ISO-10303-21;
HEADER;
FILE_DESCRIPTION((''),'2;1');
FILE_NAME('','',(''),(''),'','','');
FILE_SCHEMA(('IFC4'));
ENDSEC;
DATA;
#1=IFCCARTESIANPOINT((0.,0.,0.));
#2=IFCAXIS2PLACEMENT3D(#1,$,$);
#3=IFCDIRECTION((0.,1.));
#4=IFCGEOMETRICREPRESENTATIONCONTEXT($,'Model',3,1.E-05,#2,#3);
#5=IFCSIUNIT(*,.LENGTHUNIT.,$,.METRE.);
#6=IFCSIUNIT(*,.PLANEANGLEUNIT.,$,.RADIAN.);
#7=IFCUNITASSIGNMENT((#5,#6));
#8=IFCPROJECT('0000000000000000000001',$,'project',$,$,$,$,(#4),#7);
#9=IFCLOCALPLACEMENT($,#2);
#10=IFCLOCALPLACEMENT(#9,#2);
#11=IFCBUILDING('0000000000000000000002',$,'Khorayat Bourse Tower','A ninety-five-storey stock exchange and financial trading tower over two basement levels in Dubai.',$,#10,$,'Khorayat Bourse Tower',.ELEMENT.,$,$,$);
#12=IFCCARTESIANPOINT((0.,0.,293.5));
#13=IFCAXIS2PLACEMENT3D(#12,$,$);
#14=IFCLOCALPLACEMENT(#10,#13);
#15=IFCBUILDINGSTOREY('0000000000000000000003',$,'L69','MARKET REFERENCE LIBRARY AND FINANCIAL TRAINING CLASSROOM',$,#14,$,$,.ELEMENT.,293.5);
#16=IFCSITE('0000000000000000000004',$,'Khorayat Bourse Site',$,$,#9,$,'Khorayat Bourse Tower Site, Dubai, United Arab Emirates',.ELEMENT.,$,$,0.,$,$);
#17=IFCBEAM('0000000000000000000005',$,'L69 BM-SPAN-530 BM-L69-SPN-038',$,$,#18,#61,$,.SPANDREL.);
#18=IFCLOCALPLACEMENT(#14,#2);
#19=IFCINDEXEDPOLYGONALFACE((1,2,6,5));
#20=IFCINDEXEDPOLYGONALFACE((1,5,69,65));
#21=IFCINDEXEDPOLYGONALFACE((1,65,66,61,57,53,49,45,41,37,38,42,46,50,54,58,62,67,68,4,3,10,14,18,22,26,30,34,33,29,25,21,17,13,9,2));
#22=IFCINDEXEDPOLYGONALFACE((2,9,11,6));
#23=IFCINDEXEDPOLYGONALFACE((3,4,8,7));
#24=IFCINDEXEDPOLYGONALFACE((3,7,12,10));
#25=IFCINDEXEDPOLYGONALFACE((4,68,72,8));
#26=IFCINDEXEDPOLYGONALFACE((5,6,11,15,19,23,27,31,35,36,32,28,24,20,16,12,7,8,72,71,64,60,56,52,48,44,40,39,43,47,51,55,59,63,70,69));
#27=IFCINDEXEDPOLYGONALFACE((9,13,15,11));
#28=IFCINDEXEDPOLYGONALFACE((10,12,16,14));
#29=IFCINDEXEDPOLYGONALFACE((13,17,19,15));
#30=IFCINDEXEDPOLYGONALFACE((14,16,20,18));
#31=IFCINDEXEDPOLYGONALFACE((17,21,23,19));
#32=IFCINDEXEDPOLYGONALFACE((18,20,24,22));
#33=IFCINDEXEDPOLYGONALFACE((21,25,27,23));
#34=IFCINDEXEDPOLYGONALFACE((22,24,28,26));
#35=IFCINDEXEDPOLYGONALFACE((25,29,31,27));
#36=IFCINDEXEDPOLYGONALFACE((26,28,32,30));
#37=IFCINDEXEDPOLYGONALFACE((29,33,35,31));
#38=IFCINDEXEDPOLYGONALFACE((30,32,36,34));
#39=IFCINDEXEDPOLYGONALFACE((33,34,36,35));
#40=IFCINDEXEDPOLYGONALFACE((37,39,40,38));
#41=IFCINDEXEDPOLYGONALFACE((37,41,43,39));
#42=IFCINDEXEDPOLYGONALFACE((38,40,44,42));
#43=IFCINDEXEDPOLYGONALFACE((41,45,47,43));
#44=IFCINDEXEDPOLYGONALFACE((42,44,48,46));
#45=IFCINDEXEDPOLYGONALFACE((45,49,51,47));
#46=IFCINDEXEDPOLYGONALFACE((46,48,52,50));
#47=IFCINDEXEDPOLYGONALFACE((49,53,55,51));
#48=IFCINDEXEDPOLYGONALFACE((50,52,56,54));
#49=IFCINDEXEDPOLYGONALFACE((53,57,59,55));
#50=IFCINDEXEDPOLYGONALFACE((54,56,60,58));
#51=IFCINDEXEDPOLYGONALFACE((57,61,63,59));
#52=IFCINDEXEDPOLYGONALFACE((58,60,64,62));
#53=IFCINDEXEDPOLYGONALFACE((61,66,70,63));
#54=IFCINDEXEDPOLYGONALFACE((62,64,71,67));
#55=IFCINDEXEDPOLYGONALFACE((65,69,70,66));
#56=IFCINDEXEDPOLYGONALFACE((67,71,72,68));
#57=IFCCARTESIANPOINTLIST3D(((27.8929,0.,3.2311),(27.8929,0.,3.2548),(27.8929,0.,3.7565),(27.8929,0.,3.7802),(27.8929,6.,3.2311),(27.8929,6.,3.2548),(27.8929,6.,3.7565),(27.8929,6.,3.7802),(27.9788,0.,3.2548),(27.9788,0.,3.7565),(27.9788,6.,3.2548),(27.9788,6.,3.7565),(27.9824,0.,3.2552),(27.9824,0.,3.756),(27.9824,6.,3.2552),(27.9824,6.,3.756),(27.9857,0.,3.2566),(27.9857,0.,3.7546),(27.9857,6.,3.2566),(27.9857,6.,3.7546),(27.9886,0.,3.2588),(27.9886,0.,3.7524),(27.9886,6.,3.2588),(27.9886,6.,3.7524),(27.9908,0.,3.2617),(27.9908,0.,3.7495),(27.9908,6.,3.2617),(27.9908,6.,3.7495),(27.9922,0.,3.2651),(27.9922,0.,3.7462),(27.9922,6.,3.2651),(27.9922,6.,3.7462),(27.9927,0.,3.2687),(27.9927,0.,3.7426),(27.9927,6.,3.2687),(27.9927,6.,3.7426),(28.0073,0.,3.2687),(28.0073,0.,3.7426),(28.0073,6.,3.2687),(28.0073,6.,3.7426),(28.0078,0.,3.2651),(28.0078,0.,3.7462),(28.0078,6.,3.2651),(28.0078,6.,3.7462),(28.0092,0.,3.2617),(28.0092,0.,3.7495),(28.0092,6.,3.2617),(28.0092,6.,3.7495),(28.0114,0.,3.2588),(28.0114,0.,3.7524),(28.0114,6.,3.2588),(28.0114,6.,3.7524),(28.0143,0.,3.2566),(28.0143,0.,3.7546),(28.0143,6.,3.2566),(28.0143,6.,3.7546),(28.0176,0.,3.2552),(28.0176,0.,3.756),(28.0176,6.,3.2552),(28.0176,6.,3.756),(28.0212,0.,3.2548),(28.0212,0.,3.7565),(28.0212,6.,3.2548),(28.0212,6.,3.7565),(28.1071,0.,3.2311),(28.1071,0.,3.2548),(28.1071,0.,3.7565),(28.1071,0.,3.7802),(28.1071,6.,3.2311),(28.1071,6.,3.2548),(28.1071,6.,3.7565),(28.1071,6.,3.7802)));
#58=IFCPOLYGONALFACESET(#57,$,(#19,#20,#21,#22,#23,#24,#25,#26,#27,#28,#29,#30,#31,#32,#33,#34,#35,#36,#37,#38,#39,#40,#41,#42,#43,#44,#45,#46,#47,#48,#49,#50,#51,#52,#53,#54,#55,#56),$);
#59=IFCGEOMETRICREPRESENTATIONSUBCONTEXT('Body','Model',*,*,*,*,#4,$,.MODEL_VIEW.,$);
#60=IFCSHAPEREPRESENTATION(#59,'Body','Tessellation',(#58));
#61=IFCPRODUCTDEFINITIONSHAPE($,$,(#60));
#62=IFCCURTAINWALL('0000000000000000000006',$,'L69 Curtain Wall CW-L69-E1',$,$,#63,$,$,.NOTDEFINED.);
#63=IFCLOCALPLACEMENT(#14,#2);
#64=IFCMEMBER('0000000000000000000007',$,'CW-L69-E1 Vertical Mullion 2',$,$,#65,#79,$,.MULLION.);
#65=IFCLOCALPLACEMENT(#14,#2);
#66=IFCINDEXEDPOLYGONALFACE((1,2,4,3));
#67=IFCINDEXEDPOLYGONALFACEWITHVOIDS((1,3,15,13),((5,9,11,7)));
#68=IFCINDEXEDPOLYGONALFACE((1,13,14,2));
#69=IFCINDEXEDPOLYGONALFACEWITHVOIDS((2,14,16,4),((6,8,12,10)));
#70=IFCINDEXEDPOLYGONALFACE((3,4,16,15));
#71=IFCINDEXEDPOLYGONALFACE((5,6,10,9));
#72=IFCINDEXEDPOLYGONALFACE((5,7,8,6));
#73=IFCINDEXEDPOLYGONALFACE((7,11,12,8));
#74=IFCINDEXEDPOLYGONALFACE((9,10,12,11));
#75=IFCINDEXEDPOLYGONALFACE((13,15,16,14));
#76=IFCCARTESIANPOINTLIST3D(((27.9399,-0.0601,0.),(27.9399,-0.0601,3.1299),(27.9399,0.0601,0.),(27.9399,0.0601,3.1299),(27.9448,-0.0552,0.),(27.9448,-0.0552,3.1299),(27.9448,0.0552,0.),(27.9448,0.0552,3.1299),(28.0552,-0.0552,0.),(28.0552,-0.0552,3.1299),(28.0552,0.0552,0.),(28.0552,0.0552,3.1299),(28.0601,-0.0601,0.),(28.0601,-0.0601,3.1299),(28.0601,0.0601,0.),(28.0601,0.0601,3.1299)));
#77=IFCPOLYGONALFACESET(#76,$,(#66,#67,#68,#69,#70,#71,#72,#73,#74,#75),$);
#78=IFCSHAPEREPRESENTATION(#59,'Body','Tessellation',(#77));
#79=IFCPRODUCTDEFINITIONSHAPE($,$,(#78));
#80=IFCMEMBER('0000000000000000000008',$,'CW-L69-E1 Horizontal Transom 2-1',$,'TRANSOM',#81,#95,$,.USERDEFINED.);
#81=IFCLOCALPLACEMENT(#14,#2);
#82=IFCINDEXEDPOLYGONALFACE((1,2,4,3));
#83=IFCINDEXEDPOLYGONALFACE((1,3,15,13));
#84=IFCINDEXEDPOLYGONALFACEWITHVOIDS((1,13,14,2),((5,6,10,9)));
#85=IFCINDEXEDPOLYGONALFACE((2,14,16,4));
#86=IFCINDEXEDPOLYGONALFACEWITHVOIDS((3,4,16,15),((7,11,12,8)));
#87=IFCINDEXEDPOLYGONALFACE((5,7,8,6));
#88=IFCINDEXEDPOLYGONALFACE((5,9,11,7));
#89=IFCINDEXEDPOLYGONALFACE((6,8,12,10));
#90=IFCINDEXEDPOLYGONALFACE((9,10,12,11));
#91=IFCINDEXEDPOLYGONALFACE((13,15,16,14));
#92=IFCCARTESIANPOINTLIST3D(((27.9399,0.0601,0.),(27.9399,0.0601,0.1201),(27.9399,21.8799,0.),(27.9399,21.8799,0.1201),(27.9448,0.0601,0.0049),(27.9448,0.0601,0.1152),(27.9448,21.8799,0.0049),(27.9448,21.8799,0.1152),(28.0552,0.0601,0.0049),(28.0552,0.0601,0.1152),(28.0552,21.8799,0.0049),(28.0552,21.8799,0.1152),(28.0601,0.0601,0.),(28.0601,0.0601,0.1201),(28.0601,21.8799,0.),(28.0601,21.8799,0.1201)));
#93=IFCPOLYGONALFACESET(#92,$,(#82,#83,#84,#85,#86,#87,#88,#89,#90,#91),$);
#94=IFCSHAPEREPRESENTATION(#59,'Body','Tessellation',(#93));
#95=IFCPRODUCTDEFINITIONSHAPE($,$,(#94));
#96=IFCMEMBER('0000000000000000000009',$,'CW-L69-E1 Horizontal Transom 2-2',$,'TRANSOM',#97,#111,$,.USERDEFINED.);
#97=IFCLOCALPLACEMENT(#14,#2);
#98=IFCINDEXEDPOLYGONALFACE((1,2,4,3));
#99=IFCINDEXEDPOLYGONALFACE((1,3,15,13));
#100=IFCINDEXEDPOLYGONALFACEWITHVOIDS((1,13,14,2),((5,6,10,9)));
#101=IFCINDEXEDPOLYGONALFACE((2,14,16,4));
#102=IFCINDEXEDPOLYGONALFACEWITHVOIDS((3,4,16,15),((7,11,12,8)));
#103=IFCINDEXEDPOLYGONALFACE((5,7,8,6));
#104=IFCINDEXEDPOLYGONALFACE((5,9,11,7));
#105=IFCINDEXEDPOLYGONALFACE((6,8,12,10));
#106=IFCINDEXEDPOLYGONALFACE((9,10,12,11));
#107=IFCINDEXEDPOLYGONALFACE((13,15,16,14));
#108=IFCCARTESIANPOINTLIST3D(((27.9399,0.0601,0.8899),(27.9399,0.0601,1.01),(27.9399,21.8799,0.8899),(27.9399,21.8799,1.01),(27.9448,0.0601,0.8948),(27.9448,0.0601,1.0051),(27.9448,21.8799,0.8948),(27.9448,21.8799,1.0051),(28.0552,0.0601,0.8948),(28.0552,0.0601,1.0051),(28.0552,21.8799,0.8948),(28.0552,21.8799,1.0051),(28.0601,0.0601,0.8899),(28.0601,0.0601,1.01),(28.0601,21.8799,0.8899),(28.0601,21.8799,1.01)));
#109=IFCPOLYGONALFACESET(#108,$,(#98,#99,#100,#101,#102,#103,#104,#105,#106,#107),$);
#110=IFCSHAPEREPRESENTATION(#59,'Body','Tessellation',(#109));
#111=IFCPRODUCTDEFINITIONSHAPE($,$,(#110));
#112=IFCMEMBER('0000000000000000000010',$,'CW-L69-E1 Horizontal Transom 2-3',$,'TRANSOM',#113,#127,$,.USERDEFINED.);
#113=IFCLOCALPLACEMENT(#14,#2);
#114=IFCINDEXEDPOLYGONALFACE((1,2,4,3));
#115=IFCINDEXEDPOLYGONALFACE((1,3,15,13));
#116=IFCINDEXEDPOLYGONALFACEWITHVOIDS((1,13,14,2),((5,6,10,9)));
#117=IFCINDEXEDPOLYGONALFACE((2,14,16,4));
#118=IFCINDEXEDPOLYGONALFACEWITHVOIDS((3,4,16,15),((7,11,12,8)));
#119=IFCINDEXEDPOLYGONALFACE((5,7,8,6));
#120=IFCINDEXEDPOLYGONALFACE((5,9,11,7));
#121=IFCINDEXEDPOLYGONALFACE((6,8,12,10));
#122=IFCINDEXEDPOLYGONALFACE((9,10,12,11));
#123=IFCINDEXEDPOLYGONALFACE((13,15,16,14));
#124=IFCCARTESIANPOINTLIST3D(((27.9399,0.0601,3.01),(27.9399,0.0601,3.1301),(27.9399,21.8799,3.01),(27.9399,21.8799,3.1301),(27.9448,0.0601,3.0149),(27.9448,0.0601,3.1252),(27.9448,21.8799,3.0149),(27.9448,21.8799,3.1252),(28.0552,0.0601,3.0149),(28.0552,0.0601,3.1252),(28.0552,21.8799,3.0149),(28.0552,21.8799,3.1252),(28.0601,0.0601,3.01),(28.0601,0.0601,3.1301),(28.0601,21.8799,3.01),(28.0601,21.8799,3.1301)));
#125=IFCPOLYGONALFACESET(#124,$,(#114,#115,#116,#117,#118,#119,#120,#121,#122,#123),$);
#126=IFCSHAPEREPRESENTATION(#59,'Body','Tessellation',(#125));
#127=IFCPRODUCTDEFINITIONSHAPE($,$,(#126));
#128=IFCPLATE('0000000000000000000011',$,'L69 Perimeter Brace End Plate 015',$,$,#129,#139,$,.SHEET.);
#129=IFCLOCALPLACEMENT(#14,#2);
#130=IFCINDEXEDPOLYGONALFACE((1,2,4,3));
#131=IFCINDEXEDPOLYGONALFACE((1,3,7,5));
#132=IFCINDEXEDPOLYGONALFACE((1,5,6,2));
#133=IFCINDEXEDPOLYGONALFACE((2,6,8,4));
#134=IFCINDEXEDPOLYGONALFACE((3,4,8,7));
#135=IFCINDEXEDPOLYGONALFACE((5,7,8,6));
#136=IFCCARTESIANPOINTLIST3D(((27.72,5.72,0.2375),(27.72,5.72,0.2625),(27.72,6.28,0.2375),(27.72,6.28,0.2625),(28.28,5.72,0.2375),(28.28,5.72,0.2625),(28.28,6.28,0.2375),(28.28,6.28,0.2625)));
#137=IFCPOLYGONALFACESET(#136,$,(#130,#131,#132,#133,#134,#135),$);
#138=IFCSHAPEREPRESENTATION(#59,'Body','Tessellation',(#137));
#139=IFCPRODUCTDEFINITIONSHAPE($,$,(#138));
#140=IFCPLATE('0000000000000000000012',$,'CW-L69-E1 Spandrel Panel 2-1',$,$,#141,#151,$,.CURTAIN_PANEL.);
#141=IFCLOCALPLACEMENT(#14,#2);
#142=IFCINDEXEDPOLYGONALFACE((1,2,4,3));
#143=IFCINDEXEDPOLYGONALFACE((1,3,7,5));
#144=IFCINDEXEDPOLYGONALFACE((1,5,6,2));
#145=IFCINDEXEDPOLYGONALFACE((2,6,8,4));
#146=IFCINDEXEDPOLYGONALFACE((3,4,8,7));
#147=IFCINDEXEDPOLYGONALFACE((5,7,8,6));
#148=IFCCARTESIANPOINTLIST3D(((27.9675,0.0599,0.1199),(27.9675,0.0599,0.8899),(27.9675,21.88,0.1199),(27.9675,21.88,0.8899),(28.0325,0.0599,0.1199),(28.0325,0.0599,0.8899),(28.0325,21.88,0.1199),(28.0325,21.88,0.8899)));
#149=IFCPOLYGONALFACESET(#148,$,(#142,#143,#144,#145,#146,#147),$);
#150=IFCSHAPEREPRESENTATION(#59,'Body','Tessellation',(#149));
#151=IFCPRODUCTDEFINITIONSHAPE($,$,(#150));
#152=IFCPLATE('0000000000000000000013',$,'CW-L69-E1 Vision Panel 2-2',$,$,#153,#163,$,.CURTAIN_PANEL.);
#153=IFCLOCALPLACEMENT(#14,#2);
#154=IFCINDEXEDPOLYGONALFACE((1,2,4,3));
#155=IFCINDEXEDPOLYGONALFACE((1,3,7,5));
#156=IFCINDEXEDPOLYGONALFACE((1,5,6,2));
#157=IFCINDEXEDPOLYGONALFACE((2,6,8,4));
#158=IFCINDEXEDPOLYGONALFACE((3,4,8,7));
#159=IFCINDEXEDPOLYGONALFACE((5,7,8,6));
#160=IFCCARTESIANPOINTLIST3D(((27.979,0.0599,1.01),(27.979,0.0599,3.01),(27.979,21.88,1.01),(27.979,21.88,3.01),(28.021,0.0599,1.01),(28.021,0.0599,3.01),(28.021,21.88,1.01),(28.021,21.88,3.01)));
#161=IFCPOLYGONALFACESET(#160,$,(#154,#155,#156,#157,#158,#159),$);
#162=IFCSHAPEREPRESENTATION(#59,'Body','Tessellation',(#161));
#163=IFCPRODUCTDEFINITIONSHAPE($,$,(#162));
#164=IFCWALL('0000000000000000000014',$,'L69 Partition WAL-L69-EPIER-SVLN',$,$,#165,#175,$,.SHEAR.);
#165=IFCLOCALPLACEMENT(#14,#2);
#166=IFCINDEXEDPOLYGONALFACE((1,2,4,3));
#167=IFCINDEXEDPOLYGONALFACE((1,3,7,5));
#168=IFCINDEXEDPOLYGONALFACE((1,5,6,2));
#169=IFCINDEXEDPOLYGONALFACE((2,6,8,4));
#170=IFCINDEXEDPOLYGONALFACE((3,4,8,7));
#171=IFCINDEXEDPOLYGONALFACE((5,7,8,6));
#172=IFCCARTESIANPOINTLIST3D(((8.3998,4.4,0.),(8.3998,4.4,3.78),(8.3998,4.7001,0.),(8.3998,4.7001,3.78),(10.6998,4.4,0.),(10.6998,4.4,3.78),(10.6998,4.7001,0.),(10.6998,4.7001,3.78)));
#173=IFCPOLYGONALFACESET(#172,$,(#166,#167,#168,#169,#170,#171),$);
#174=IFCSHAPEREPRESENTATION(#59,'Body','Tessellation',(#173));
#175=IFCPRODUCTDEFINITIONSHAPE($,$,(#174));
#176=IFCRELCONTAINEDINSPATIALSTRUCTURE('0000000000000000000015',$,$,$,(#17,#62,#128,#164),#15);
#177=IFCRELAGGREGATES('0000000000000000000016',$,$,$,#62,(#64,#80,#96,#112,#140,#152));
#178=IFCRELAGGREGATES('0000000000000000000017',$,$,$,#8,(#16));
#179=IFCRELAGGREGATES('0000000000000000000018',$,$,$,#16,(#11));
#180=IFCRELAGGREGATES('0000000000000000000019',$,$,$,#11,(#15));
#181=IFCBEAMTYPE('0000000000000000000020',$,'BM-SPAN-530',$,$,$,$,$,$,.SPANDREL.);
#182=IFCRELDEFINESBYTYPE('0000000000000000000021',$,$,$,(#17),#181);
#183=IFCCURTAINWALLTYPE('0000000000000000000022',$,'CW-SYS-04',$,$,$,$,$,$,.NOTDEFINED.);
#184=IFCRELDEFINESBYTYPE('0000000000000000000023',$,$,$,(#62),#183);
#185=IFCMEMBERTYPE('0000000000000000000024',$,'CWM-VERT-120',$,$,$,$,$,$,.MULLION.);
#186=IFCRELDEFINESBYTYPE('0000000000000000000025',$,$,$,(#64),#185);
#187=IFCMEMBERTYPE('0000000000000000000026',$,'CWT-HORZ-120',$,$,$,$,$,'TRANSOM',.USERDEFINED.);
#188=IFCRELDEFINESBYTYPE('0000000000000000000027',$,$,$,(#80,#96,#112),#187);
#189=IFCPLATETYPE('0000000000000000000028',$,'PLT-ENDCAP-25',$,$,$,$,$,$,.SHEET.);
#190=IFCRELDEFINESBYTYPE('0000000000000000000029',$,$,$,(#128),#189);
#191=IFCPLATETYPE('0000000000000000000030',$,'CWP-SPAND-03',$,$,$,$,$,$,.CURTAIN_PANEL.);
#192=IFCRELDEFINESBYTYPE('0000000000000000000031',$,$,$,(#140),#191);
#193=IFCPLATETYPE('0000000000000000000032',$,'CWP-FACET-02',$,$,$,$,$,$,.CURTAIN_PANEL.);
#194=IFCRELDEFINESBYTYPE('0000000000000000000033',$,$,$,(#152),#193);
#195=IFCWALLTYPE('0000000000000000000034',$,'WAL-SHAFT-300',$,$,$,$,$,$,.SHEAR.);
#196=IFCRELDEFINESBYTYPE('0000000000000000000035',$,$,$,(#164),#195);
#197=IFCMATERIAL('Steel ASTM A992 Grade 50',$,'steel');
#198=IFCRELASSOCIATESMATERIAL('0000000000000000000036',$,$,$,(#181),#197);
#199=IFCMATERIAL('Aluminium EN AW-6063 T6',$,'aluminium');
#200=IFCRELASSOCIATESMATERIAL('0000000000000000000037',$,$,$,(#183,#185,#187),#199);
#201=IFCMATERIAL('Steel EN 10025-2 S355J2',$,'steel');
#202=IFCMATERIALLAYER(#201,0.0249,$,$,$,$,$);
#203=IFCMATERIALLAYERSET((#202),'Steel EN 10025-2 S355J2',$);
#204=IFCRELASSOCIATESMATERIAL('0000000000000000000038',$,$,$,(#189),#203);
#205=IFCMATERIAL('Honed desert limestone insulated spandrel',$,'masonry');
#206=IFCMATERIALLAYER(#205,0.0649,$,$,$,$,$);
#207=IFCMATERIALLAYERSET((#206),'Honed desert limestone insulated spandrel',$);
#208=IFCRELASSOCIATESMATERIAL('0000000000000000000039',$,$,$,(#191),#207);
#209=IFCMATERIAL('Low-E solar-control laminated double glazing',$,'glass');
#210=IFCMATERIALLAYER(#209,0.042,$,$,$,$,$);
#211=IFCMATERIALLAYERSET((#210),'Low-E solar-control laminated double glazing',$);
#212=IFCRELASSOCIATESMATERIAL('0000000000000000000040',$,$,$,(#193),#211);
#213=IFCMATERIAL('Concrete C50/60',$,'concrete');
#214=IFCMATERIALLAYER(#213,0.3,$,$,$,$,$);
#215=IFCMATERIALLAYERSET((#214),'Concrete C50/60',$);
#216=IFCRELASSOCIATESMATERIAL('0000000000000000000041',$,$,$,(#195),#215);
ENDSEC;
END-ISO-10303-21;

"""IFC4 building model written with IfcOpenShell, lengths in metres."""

from ifc_helpers import new_model, si_unit, direction, frame, frame_2d, origin, origin_2d, place, context, subcontext, project, spatial, rectangle, hollow_rectangle, i_section, extrude, source, transform, mapped, material, layer, layer_set, material_profile, profile_set, type_object, element, aggregate, save


model = new_model("IFC4")

# Units and contexts
model_context = context("Model", 3, precision=1e-05, world=origin(), true_north=direction((0.0, 1.0)))
body_context = subcontext(model_context, "Body", "Model", "MODEL_VIEW")
ifc_project = project(units=[si_unit("LENGTHUNIT", "METRE"), si_unit("PLANEANGLEUNIT", "RADIAN")], contexts=[model_context])

# Site, building, storey
site_placement = place(None, origin())
site = spatial("IfcSite", under=ifc_project, at=site_placement, Name="Khorayat Bourse Site", LongName="Khorayat Bourse Tower Site, Dubai, United Arab Emirates", CompositionType="ELEMENT", RefElevation=0.0)
building_placement = place(site_placement, origin())
building = spatial("IfcBuilding", under=site, at=building_placement, Name="Khorayat Bourse Tower", Description="A ninety-five-storey stock exchange and financial trading tower over two basement levels in Dubai.", LongName="Khorayat Bourse Tower", CompositionType="ELEMENT")
storey_placement = place(building_placement, frame((0.0, 0.0, 293.5)))
storey = spatial("IfcBuildingStorey", under=building, at=storey_placement, Name="L69", Description="MARKET REFERENCE LIBRARY AND FINANCIAL TRAINING CLASSROOM", CompositionType="ELEMENT", Elevation=293.5)

# Beam
ifc_material_1 = material(Name="Steel ASTM A992 Grade 50", Category="steel")
ifc_material_profile_1 = material_profile(ifc_material_1, i_section(OverallWidth=0.2141, OverallDepth=0.5491, WebThickness=0.0146, FlangeThickness=0.0237, FilletRadius=0.0139, at=origin_2d()), Name="W530X138")
ifc_profile_set_1 = profile_set([ifc_material_profile_1], Name="Steel ASTM A992 Grade 50")
beam_type_1 = type_object("IfcBeamType", Name="BM-SPAN-530", PredefinedType="SPANDREL", material=ifc_profile_set_1)
shared_shape_1 = source(origin(), body_context, "Body", "SweptSolid", [
    extrude(i_section(OverallWidth=0.2141, OverallDepth=0.5491, WebThickness=0.0146, FlangeThickness=0.0237, FilletRadius=0.0139, at=origin_2d()), origin(), (0.0, 0.0, 1.0), 6.0),
])
beam_1_placement = place(storey_placement, frame((28.0, 0.0, 3.5056), z_axis=(0.0, 1.0, 0.0), x_axis=(-1.0, 0.0, 0.0)))
element("IfcBeam", 1, at=beam_1_placement, inside=storey, type_object=beam_type_1, Name="L69 BM-SPAN-530 BM-L69-SPN-038", PredefinedType="SPANDREL", context=body_context, shape_type="MappedRepresentation", body=[
    mapped(shared_shape_1, transform((0.0, 0.0, 0.0), scale=1.0)),
])

# Curtain wall, members
ifc_material_2 = material(Name="Aluminium EN AW-6063 T6", Category="aluminium")
curtain_wall_type = type_object("IfcCurtainWallType", Name="CW-SYS-04", PredefinedType="NOTDEFINED", material=ifc_material_2)
curtain_wall_placement = place(storey_placement, origin())
curtain_wall = element("IfcCurtainWall", 2, at=curtain_wall_placement, inside=storey, type_object=curtain_wall_type, Name="L69 Curtain Wall CW-L69-E1", PredefinedType="NOTDEFINED")
ifc_material_profile_2 = material_profile(ifc_material_2, hollow_rectangle(XDim=0.1201, YDim=0.1201, WallThickness=0.0049, at=origin_2d()), Name="ALU 120x120x5")
ifc_profile_set_2 = profile_set([ifc_material_profile_2], Name="Aluminium EN AW-6063 T6")
member_type_1 = type_object("IfcMemberType", Name="CWM-VERT-120", PredefinedType="MULLION", material=ifc_profile_set_2)
shared_shape_2 = source(origin(), body_context, "Body", "SweptSolid", [
    extrude(hollow_rectangle(XDim=0.1201, YDim=0.1201, WallThickness=0.0049, at=origin_2d()), origin(), (0.0, 0.0, 1.0), 3.1299),
])
member_1_placement = place(storey_placement, frame((28.0, 0.0, 0.0), z_axis=(0.0, 0.0, 1.0), x_axis=(-1.0, 0.0, 0.0)))
member_1 = element("IfcMember", 3, at=member_1_placement, type_object=member_type_1, Name="CW-L69-E1 Vertical Mullion 2", PredefinedType="MULLION", context=body_context, shape_type="MappedRepresentation", body=[
    mapped(shared_shape_2, transform((0.0, 0.0, 0.0), scale=1.0)),
])
ifc_material_profile_3 = material_profile(ifc_material_2, hollow_rectangle(XDim=0.1201, YDim=0.1201, WallThickness=0.0049, at=origin_2d()), Name="ALU 120x120x5")
ifc_profile_set_3 = profile_set([ifc_material_profile_3], Name="Aluminium EN AW-6063 T6")
member_type_2 = type_object("IfcMemberType", Name="CWT-HORZ-120", ElementType="TRANSOM", PredefinedType="USERDEFINED", material=ifc_profile_set_3)
shared_shape_3 = source(origin(), body_context, "Body", "SweptSolid", [
    extrude(hollow_rectangle(XDim=0.1201, YDim=0.1201, WallThickness=0.0049, at=origin_2d()), origin(), (0.0, 0.0, 1.0), 21.8198),
])
member_2_placement = place(storey_placement, frame((28.0, 0.0601, 0.0601), z_axis=(0.0, 1.0, 0.0), x_axis=(-1.0, 0.0, 0.0)))
member_2 = element("IfcMember", 4, at=member_2_placement, type_object=member_type_2, Name="CW-L69-E1 Horizontal Transom 2-1", ObjectType="TRANSOM", PredefinedType="USERDEFINED", context=body_context, shape_type="MappedRepresentation", body=[
    mapped(shared_shape_3, transform((0.0, 0.0, 0.0), scale=1.0)),
])
member_3_placement = place(storey_placement, frame((28.0, 0.0601, 0.95), z_axis=(0.0, 1.0, 0.0), x_axis=(-1.0, 0.0, 0.0)))
member_3 = element("IfcMember", 5, at=member_3_placement, type_object=member_type_2, Name="CW-L69-E1 Horizontal Transom 2-2", ObjectType="TRANSOM", PredefinedType="USERDEFINED", context=body_context, shape_type="MappedRepresentation", body=[
    mapped(shared_shape_3, transform((0.0, 0.0, 0.0), scale=1.0)),
])
member_4_placement = place(storey_placement, frame((28.0, 0.0601, 3.0701), z_axis=(0.0, 1.0, 0.0), x_axis=(-1.0, 0.0, 0.0)))
member_4 = element("IfcMember", 6, at=member_4_placement, type_object=member_type_2, Name="CW-L69-E1 Horizontal Transom 2-3", ObjectType="TRANSOM", PredefinedType="USERDEFINED", context=body_context, shape_type="MappedRepresentation", body=[
    mapped(shared_shape_3, transform((0.0, 0.0, 0.0), scale=1.0)),
])

# Plates
ifc_material_3 = material(Name="Steel EN 10025-2 S355J2", Category="steel")
ifc_layer_1 = layer(ifc_material_3, 0.0249)
ifc_layer_set_1 = layer_set([ifc_layer_1], Name="Steel EN 10025-2 S355J2")
plate_type_1 = type_object("IfcPlateType", Name="PLT-ENDCAP-25", PredefinedType="SHEET", material=ifc_layer_set_1)
shared_shape_4 = source(origin(), body_context, "Body", "SweptSolid", [
    extrude(rectangle(XDim=0.5601, YDim=0.5601, at=origin_2d()), origin(), (0.0, 0.0, 1.0), 0.0249),
])
plate_1_placement = place(storey_placement, frame((28.0, 6.0, 0.2375), z_axis=(0.0, 0.0, 1.0), x_axis=(1.0, 0.0, 0.0)))
element("IfcPlate", 7, at=plate_1_placement, inside=storey, type_object=plate_type_1, Name="L69 Perimeter Brace End Plate 015", PredefinedType="SHEET", context=body_context, shape_type="MappedRepresentation", body=[
    mapped(shared_shape_4, transform((0.0, 0.0, 0.0), scale=1.0)),
])
ifc_material_4 = material(Name="Honed desert limestone insulated spandrel", Category="masonry")
ifc_layer_2 = layer(ifc_material_4, 0.0649)
ifc_layer_set_2 = layer_set([ifc_layer_2], Name="Honed desert limestone insulated spandrel")
plate_type_2 = type_object("IfcPlateType", Name="CWP-SPAND-03", PredefinedType="CURTAIN_PANEL", material=ifc_layer_set_2)
shared_shape_5 = source(origin(), body_context, "Body", "SweptSolid", [
    extrude(rectangle(XDim=21.8201, YDim=0.0649, at=origin_2d()), origin(), (0.0, 0.0, 1.0), 0.77),
])
plate_2_placement = place(storey_placement, frame((28.0, 10.97, 0.1199), z_axis=(0.0, 0.0, 1.0), x_axis=(0.0, 1.0, 0.0)))
plate_2 = element("IfcPlate", 8, at=plate_2_placement, type_object=plate_type_2, Name="CW-L69-E1 Spandrel Panel 2-1", PredefinedType="CURTAIN_PANEL", context=body_context, shape_type="MappedRepresentation", body=[
    mapped(shared_shape_5, transform((0.0, 0.0, 0.0), scale=1.0)),
])
ifc_material_5 = material(Name="Low-E solar-control laminated double glazing", Category="glass")
ifc_layer_3 = layer(ifc_material_5, 0.042)
ifc_layer_set_3 = layer_set([ifc_layer_3], Name="Low-E solar-control laminated double glazing")
plate_type_3 = type_object("IfcPlateType", Name="CWP-FACET-02", PredefinedType="CURTAIN_PANEL", material=ifc_layer_set_3)
shared_shape_6 = source(origin(), body_context, "Body", "SweptSolid", [
    extrude(rectangle(XDim=21.8201, YDim=0.042, at=origin_2d()), origin(), (0.0, 0.0, 1.0), 2.0),
])
plate_3_placement = place(storey_placement, frame((28.0, 10.97, 1.01), z_axis=(0.0, 0.0, 1.0), x_axis=(0.0, 1.0, 0.0)))
plate_3 = element("IfcPlate", 9, at=plate_3_placement, type_object=plate_type_3, Name="CW-L69-E1 Vision Panel 2-2", PredefinedType="CURTAIN_PANEL", context=body_context, shape_type="MappedRepresentation", body=[
    mapped(shared_shape_6, transform((0.0, 0.0, 0.0), scale=1.0)),
])
aggregate(curtain_wall, [member_1, member_2, member_3, member_4, plate_2, plate_3])

# Wall
ifc_material_6 = material(Name="Concrete C50/60", Category="concrete")
ifc_layer_4 = layer(ifc_material_6, 0.3)
ifc_layer_set_4 = layer_set([ifc_layer_4], Name="Concrete C50/60")
wall_type_1 = type_object("IfcWallType", Name="WAL-SHAFT-300", PredefinedType="SHEAR", material=ifc_layer_set_4)
shared_shape_7 = source(origin(), body_context, "Body", "SweptSolid", [
    extrude(rectangle(XDim=2.3, YDim=0.3, at=frame_2d((1.1499, 0.0))), origin(), (0.0, 0.0, 1.0), 3.78),
])
for number, where, z_axis, x_axis, name in (
    (10, (8.3999, 4.55, 0.0), (0.0, 0.0, 1.0), (1.0, 0.0, 0.0), "L69 Partition WAL-L69-EPIER-SVLN"),
):
    element("IfcWall", number, at=place(storey_placement, frame(where, z_axis=z_axis, x_axis=x_axis)), inside=storey, type_object=wall_type_1, Name=name, PredefinedType="SHEAR", context=body_context, shape_type="MappedRepresentation", body=[
        mapped(shared_shape_7, transform((0.0, 0.0, 0.0), scale=1.0)),
    ])

save(model, "model.ifc")
